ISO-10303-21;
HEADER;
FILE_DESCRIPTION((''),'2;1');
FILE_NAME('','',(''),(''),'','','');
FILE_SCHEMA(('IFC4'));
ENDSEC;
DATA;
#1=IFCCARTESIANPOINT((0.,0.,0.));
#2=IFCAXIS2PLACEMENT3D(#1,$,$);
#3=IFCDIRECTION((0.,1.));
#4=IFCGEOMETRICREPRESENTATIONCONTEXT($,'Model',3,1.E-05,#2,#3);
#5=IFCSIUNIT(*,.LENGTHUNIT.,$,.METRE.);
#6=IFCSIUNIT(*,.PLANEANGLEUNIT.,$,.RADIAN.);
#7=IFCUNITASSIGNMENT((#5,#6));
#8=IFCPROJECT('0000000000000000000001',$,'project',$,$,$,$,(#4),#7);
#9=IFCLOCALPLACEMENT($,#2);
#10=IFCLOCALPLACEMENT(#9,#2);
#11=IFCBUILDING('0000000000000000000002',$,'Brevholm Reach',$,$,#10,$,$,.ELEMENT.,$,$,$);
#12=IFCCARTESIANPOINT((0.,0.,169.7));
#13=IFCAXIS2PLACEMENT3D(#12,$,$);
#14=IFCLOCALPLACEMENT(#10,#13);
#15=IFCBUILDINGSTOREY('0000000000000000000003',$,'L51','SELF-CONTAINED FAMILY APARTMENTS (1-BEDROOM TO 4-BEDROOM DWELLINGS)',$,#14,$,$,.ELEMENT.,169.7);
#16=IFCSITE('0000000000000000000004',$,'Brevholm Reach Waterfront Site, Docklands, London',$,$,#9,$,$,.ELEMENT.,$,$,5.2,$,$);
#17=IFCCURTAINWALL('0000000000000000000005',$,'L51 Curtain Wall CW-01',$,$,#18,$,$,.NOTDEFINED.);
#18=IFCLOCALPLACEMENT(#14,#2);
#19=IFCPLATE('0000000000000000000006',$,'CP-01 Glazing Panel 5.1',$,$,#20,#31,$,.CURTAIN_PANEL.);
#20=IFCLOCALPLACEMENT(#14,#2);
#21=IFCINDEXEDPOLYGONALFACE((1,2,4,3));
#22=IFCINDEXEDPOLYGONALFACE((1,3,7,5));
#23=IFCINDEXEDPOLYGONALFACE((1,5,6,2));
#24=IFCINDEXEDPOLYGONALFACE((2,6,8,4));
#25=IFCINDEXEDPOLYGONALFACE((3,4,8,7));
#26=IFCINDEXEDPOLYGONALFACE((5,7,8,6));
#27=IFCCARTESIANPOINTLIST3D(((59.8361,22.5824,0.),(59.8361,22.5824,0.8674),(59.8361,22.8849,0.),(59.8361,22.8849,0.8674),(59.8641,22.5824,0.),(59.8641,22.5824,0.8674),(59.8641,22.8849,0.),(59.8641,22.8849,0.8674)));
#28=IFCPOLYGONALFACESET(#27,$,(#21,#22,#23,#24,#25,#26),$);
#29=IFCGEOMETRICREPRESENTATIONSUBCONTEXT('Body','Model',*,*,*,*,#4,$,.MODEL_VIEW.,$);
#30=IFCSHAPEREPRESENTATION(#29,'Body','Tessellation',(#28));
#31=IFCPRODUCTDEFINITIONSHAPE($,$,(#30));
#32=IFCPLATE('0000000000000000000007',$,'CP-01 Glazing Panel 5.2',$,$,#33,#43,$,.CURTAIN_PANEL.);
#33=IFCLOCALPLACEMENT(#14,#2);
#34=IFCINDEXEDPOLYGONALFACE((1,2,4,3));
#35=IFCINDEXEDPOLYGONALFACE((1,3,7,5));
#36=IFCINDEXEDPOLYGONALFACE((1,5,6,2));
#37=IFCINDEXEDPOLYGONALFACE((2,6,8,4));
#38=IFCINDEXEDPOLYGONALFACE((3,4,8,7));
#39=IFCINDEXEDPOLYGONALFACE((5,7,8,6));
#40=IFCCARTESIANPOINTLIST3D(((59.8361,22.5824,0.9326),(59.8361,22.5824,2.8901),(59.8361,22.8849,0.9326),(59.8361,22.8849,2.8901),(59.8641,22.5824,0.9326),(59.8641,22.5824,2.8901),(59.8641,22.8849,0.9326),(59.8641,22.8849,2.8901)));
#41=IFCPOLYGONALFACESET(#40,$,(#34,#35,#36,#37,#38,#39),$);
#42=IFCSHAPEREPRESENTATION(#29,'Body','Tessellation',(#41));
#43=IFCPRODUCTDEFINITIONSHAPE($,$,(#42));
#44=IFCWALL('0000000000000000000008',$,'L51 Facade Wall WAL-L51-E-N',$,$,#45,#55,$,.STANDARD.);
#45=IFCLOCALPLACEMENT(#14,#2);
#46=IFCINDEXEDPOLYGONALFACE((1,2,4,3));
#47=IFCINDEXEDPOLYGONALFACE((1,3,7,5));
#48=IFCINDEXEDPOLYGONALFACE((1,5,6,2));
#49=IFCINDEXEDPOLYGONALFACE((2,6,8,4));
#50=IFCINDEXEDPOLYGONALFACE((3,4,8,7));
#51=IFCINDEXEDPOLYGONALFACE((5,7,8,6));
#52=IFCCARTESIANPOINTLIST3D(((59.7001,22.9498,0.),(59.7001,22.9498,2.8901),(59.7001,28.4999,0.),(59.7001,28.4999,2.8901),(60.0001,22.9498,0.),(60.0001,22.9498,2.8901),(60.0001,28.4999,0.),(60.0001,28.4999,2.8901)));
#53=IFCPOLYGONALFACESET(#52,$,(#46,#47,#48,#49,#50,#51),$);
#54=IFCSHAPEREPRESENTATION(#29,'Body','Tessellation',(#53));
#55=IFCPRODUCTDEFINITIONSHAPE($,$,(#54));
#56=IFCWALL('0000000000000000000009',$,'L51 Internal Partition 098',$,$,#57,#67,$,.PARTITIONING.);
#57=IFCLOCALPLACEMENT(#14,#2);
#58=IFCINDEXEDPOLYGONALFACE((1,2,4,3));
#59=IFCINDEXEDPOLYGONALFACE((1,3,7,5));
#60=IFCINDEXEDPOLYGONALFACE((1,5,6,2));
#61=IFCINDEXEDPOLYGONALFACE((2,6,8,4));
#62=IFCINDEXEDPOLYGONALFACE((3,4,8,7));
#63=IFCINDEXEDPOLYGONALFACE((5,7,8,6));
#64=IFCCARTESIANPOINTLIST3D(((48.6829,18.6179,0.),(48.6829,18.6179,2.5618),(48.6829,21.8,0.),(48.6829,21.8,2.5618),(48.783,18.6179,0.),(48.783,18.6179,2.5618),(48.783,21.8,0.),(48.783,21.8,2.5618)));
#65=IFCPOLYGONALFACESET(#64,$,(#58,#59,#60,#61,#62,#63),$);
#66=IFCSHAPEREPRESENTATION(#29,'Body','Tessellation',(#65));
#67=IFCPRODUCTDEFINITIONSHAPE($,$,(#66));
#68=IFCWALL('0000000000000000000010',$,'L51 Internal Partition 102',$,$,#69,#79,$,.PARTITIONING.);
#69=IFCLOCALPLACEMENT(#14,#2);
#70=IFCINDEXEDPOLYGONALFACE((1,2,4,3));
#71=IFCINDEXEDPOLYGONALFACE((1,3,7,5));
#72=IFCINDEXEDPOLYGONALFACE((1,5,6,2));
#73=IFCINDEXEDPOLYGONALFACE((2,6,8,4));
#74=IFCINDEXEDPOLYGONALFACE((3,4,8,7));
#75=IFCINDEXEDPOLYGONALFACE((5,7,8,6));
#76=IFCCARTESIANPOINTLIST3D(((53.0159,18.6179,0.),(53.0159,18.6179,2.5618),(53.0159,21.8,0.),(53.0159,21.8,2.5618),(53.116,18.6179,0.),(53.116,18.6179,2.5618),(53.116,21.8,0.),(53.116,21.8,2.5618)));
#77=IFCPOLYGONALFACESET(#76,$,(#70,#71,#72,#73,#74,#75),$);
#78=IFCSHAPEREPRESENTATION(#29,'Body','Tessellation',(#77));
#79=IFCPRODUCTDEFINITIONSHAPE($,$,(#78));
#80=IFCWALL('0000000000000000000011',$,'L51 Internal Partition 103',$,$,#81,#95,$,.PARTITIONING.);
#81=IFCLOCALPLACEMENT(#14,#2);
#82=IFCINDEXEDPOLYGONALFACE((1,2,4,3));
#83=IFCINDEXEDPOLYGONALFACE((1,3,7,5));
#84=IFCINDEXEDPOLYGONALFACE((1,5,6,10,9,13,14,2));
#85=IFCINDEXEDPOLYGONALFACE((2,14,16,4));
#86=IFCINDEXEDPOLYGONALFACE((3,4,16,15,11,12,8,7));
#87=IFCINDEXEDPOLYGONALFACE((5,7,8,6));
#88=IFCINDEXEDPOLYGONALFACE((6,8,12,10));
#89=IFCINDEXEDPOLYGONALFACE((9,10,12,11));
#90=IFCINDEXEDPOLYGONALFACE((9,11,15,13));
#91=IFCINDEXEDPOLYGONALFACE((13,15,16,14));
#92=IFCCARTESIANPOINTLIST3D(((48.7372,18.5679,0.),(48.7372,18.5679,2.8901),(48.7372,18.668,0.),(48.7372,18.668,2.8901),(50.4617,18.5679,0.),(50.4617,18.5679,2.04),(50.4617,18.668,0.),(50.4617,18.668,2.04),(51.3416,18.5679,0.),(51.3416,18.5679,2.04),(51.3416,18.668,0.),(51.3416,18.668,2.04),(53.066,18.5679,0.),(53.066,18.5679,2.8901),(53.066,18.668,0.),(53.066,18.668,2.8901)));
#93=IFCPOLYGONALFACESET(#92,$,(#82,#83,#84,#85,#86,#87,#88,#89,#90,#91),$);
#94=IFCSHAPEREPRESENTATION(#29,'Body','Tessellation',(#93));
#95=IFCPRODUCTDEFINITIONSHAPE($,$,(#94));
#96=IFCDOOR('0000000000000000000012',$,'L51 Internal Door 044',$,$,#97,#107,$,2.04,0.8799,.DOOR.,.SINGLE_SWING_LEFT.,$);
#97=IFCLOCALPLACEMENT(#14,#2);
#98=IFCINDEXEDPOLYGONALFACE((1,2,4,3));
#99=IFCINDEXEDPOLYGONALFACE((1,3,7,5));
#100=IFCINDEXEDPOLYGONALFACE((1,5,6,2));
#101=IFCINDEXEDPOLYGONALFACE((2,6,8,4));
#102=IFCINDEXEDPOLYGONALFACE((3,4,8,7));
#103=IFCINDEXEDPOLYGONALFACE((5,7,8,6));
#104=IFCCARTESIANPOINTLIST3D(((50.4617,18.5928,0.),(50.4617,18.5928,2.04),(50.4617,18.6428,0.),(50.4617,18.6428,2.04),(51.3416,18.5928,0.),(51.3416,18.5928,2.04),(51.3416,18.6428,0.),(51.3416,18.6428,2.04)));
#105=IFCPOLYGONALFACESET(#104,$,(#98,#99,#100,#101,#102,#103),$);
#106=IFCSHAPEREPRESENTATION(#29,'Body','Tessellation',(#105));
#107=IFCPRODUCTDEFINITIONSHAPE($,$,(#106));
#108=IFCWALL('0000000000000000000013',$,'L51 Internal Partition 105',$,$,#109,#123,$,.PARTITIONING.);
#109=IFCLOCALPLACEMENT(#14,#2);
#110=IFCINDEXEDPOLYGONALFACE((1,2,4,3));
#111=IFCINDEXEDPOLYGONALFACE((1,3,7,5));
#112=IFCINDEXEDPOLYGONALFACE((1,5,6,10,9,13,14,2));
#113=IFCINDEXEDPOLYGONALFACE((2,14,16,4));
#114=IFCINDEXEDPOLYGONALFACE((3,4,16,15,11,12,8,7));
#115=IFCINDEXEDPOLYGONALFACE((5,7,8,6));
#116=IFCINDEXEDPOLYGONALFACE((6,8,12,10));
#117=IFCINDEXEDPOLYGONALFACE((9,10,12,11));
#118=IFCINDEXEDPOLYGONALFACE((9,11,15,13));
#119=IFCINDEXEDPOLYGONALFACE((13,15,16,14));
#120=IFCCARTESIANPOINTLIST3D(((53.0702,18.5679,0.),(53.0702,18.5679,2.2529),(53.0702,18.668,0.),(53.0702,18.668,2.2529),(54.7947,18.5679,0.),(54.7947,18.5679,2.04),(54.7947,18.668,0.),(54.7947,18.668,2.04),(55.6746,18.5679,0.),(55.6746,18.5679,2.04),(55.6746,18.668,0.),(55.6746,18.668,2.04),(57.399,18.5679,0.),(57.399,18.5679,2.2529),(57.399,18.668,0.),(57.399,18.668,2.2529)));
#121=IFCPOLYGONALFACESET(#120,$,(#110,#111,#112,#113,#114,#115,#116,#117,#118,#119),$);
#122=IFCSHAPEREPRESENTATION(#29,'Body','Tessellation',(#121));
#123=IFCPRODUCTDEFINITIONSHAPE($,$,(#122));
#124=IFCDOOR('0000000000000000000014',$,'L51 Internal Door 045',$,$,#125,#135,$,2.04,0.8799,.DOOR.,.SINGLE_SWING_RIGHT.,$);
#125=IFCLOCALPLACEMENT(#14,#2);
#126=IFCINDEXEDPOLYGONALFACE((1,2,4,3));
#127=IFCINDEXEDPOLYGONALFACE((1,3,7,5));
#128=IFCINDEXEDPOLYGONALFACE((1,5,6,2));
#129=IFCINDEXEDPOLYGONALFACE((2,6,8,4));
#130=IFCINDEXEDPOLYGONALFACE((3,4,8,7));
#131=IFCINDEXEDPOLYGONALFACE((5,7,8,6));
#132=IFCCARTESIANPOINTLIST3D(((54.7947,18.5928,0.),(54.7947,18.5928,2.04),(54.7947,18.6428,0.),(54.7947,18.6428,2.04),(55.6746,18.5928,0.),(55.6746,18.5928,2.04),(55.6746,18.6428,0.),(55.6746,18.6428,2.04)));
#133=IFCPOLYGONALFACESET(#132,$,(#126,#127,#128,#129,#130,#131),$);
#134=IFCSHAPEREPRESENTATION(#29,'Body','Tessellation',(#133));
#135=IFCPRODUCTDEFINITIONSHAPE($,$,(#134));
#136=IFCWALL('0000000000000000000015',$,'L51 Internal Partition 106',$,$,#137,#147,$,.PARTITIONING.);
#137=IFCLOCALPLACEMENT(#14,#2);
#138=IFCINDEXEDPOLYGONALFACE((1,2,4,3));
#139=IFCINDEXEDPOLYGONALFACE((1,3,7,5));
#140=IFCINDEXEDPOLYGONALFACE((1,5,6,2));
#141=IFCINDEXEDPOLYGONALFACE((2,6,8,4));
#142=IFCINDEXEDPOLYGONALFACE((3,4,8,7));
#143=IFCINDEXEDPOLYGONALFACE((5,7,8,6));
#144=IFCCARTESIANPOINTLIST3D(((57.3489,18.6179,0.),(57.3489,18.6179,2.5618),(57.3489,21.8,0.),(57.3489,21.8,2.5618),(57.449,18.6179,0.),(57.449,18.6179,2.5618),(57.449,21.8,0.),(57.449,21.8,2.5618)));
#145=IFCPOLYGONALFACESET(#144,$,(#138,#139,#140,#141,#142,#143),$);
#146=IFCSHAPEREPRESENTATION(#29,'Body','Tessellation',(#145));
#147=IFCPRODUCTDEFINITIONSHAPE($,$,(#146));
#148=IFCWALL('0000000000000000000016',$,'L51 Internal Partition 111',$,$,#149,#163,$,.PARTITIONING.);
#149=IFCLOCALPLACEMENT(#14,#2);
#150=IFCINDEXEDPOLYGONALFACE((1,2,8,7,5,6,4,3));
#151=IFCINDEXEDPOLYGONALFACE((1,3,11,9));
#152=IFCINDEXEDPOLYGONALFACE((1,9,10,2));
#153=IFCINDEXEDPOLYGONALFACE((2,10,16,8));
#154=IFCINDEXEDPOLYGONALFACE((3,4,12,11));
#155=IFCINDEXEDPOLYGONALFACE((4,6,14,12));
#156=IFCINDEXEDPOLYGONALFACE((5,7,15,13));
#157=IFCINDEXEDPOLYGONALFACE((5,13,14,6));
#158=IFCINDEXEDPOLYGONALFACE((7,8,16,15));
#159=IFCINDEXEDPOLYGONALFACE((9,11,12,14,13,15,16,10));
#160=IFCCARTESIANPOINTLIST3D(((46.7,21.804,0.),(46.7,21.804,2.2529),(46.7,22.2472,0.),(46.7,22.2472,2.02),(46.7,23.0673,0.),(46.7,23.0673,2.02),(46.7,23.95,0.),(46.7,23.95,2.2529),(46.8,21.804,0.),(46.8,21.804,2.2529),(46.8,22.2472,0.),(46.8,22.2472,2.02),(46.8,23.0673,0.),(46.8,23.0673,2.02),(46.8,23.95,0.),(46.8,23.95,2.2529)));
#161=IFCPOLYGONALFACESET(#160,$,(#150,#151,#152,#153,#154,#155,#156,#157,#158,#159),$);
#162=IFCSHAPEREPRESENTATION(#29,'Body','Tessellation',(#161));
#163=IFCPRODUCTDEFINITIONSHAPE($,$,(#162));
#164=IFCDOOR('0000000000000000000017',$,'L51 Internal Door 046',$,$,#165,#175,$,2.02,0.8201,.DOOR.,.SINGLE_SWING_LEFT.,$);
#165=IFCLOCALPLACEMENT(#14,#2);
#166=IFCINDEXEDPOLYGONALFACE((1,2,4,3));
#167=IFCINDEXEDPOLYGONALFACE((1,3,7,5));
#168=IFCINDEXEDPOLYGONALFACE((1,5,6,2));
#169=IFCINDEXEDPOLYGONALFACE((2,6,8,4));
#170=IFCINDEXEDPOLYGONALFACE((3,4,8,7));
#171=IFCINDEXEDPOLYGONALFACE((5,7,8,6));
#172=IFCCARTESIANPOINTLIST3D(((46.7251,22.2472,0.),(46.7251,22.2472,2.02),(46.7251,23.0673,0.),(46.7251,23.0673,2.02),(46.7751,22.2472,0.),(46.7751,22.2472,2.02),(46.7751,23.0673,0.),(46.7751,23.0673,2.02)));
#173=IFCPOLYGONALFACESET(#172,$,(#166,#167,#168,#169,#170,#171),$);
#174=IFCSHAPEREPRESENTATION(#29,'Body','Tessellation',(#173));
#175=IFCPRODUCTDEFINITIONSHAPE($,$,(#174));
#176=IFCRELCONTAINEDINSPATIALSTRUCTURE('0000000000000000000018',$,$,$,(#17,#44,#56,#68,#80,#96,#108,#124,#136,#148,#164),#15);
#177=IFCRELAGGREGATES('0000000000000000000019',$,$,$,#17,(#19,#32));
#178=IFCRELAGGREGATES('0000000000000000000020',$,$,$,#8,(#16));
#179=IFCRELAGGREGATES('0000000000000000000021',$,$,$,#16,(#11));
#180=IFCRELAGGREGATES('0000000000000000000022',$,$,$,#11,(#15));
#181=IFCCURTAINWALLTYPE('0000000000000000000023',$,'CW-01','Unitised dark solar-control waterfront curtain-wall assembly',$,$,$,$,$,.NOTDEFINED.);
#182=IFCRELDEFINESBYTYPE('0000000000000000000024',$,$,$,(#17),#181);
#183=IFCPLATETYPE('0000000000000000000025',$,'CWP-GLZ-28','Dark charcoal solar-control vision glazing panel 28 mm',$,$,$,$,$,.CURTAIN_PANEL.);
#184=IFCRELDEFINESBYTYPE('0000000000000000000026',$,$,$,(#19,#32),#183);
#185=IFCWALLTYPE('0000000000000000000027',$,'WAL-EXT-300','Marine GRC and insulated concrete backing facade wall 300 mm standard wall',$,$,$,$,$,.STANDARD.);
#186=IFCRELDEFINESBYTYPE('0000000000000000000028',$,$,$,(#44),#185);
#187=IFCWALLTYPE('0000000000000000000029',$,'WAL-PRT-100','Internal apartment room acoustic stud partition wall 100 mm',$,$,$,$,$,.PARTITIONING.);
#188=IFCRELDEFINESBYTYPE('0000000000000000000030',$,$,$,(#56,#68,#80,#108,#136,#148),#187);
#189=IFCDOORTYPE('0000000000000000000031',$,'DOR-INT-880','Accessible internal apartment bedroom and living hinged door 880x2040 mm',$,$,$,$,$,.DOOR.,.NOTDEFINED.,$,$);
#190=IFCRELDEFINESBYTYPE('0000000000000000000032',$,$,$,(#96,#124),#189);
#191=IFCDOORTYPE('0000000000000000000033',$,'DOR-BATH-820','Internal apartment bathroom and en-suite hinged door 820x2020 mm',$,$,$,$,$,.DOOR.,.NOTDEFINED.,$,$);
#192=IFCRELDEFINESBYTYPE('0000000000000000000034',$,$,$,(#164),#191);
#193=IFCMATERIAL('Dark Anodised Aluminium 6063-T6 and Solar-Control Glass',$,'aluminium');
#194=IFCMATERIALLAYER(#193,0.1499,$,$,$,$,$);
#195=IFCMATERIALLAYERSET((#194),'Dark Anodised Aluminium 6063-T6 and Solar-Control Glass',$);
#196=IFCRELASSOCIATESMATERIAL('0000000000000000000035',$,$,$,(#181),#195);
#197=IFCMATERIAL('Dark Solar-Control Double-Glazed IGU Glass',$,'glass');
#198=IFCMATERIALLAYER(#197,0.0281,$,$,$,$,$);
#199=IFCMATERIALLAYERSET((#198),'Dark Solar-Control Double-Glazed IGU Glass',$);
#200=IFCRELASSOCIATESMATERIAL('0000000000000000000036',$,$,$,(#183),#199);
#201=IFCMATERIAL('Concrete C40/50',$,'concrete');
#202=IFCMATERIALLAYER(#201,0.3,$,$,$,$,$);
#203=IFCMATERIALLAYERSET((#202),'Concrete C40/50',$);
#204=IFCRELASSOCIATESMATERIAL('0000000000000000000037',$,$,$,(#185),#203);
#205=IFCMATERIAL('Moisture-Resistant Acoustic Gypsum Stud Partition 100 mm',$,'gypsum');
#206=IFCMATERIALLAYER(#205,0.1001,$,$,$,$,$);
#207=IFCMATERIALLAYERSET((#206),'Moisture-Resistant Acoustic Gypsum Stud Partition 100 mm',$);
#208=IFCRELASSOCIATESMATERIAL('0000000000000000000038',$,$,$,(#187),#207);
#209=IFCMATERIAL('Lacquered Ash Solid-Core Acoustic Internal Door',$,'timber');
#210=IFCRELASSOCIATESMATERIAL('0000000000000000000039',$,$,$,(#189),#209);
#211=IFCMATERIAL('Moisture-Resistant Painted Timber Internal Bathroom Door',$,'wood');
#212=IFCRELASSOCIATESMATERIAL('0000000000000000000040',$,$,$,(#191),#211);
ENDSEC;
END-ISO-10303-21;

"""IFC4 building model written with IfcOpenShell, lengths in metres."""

from ifc_helpers import new_model, si_unit, direction, frame, frame_2d, origin, origin_2d, place, context, subcontext, project, spatial, rectangle, extrude, material, layer, layer_set, type_object, element, fill, aggregate, save


model = new_model("IFC4")

# Units and contexts
model_context = context("Model", 3, precision=1e-05, world=origin(), true_north=direction((0.0, 1.0)))
body_context = subcontext(model_context, "Body", "Model", "MODEL_VIEW")
ifc_project = project(units=[si_unit("LENGTHUNIT", "METRE"), si_unit("PLANEANGLEUNIT", "RADIAN")], contexts=[model_context])

# Site, building, storey
site_placement = place(None, origin())
site = spatial("IfcSite", under=ifc_project, at=site_placement, Name="Brevholm Reach Waterfront Site, Docklands, London", CompositionType="ELEMENT", RefElevation=5.2)
building_placement = place(site_placement, origin())
building = spatial("IfcBuilding", under=site, at=building_placement, Name="Brevholm Reach", CompositionType="ELEMENT")
storey_placement = place(building_placement, frame((0.0, 0.0, 169.7)))
storey = spatial("IfcBuildingStorey", under=building, at=storey_placement, Name="L51", Description="SELF-CONTAINED FAMILY APARTMENTS (1-BEDROOM TO 4-BEDROOM DWELLINGS)", CompositionType="ELEMENT", Elevation=169.7)

# Curtain wall, plates
ifc_material_1 = material(Name="Dark Anodised Aluminium 6063-T6 and Solar-Control Glass", Category="aluminium")
ifc_layer_1 = layer(ifc_material_1, 0.1499)
ifc_layer_set_1 = layer_set([ifc_layer_1], Name="Dark Anodised Aluminium 6063-T6 and Solar-Control Glass")
curtain_wall_type = type_object("IfcCurtainWallType", Name="CW-01", Description="Unitised dark solar-control waterfront curtain-wall assembly", PredefinedType="NOTDEFINED", material=ifc_layer_set_1)
curtain_wall_placement = place(storey_placement, origin())
curtain_wall = element("IfcCurtainWall", 1, at=curtain_wall_placement, inside=storey, type_object=curtain_wall_type, Name="L51 Curtain Wall CW-01", PredefinedType="NOTDEFINED")
ifc_material_2 = material(Name="Dark Solar-Control Double-Glazed IGU Glass", Category="glass")
ifc_layer_2 = layer(ifc_material_2, 0.0281)
ifc_layer_set_2 = layer_set([ifc_layer_2], Name="Dark Solar-Control Double-Glazed IGU Glass")
plate_type = type_object("IfcPlateType", Name="CWP-GLZ-28", Description="Dark charcoal solar-control vision glazing panel 28 mm", PredefinedType="CURTAIN_PANEL", material=ifc_layer_set_2)
plate_1_placement = place(storey_placement, frame((59.8501, 22.7336, 0.0), z_axis=(0.0, 0.0, 1.0), x_axis=(0.0, 1.0, 0.0)))
plate_1 = element("IfcPlate", 2, at=plate_1_placement, type_object=plate_type, Name="CP-01 Glazing Panel 5.1", PredefinedType="CURTAIN_PANEL", context=body_context, shape_type="SweptSolid", body=[
    extrude(rectangle(XDim=0.3025, YDim=0.0281, at=origin_2d()), origin(), (0.0, 0.0, 1.0), 0.8674),
])
plate_2_placement = place(storey_placement, frame((59.8501, 22.7336, 0.9326), z_axis=(0.0, 0.0, 1.0), x_axis=(0.0, 1.0, 0.0)))
plate_2 = element("IfcPlate", 3, at=plate_2_placement, type_object=plate_type, Name="CP-01 Glazing Panel 5.2", PredefinedType="CURTAIN_PANEL", context=body_context, shape_type="SweptSolid", body=[
    extrude(rectangle(XDim=0.3025, YDim=0.0281, at=origin_2d()), origin(), (0.0, 0.0, 1.0), 1.9575),
])
aggregate(curtain_wall, [plate_1, plate_2])

# Walls
ifc_material_3 = material(Name="Concrete C40/50", Category="concrete")
ifc_layer_3 = layer(ifc_material_3, 0.3)
ifc_layer_set_3 = layer_set([ifc_layer_3], Name="Concrete C40/50")
wall_type_1 = type_object("IfcWallType", Name="WAL-EXT-300", Description="Marine GRC and insulated concrete backing facade wall 300 mm standard wall", PredefinedType="STANDARD", material=ifc_layer_set_3)
wall_1_placement = place(storey_placement, frame((59.8501, 22.95, 0.0), z_axis=(0.0, 0.0, 1.0), x_axis=(0.0, 1.0, 0.0)))
element("IfcWall", 4, at=wall_1_placement, inside=storey, type_object=wall_type_1, Name="L51 Facade Wall WAL-L51-E-N", PredefinedType="STANDARD", context=body_context, shape_type="SweptSolid", body=[
    extrude(rectangle(XDim=5.55, YDim=0.3, at=frame_2d((2.7749, 0.0))), origin(), (0.0, 0.0, 1.0), 2.8901),
])
ifc_material_4 = material(Name="Moisture-Resistant Acoustic Gypsum Stud Partition 100 mm", Category="gypsum")
ifc_layer_4 = layer(ifc_material_4, 0.1001)
ifc_layer_set_4 = layer_set([ifc_layer_4], Name="Moisture-Resistant Acoustic Gypsum Stud Partition 100 mm")
wall_type_2 = type_object("IfcWallType", Name="WAL-PRT-100", Description="Internal apartment room acoustic stud partition wall 100 mm", PredefinedType="PARTITIONING", material=ifc_layer_set_4)
for number, where, z_axis, x_axis, name in (
    (5, (48.7329, 18.6179, 0.0), (0.0, 0.0, 1.0), (0.0, 1.0, 0.0), "L51 Internal Partition 098"),
    (6, (53.0659, 18.6179, 0.0), (0.0, 0.0, 1.0), (0.0, 1.0, 0.0), "L51 Internal Partition 102"),
):
    element("IfcWall", number, at=place(storey_placement, frame(where, z_axis=z_axis, x_axis=x_axis)), inside=storey, type_object=wall_type_2, Name=name, PredefinedType="PARTITIONING", context=body_context, shape_type="SweptSolid", body=[
        extrude(rectangle(XDim=3.1821, YDim=0.1001, at=frame_2d((1.5911, 0.0))), origin(), (0.0, 0.0, 1.0), 2.5618),
    ])

# Walls, openings, doors
wall_2_placement = place(storey_placement, frame((48.7371, 18.6179, 0.0), z_axis=(0.0, 0.0, 1.0), x_axis=(1.0, 0.0, 0.0)))
wall_2 = element("IfcWall", 7, at=wall_2_placement, inside=storey, type_object=wall_type_2, Name="L51 Internal Partition 103", PredefinedType="PARTITIONING", context=body_context, shape_type="SweptSolid", body=[
    extrude(rectangle(XDim=4.3289, YDim=0.1001, at=frame_2d((2.1646, 0.0))), origin(), (0.0, 0.0, 1.0), 2.8901),
])
opening_1_placement = place(wall_2_placement, frame((1.7246, 0.0, 0.0)))
opening_1 = element("IfcOpeningElement", 8, at=opening_1_placement, cuts=wall_2, PredefinedType="OPENING", context=body_context, shape_type="SweptSolid", body=[
    extrude(rectangle(XDim=0.8799, YDim=2.04, at=frame_2d((0.4399, 1.02))), frame((0.0, 0.0601, 0.0), z_axis=(0.0, -1.0, 0.0), x_axis=(1.0, 0.0, 0.0)), (0.0, 0.0, 1.0), 0.1201),
])
ifc_material_5 = material(Name="Lacquered Ash Solid-Core Acoustic Internal Door", Category="timber")
door_type_1 = type_object("IfcDoorType", Name="DOR-INT-880", Description="Accessible internal apartment bedroom and living hinged door 880x2040 mm", OperationType="NOTDEFINED", PredefinedType="DOOR", material=ifc_material_5)
door_1_placement = place(opening_1_placement, origin())
door_1 = element("IfcDoor", 9, at=door_1_placement, inside=storey, type_object=door_type_1, Name="L51 Internal Door 044", OperationType="SINGLE_SWING_LEFT", OverallHeight=2.04, OverallWidth=0.8799, PredefinedType="DOOR", context=body_context, shape_type="SweptSolid", body=[
    extrude(rectangle(XDim=0.8799, YDim=2.04, at=frame_2d((0.4399, 1.02))), frame((0.0, 0.0249, 0.0), z_axis=(0.0, -1.0, 0.0), x_axis=(1.0, 0.0, 0.0)), (0.0, 0.0, 1.0), 0.05),
])
fill(opening_1, door_1)
wall_3_placement = place(storey_placement, frame((53.0701, 18.6179, 0.0), z_axis=(0.0, 0.0, 1.0), x_axis=(1.0, 0.0, 0.0)))
wall_3 = element("IfcWall", 10, at=wall_3_placement, inside=storey, type_object=wall_type_2, Name="L51 Internal Partition 105", PredefinedType="PARTITIONING", context=body_context, shape_type="SweptSolid", body=[
    extrude(rectangle(XDim=4.3289, YDim=0.1001, at=frame_2d((2.1646, 0.0))), origin(), (0.0, 0.0, 1.0), 2.2529),
])
opening_2_placement = place(wall_3_placement, frame((1.7246, 0.0, 0.0)))
opening_2 = element("IfcOpeningElement", 11, at=opening_2_placement, cuts=wall_3, PredefinedType="OPENING", context=body_context, shape_type="SweptSolid", body=[
    extrude(rectangle(XDim=0.8799, YDim=2.04, at=frame_2d((0.4399, 1.02))), frame((0.0, 0.0601, 0.0), z_axis=(0.0, -1.0, 0.0), x_axis=(1.0, 0.0, 0.0)), (0.0, 0.0, 1.0), 0.1201),
])
door_2_placement = place(opening_2_placement, origin())
door_2 = element("IfcDoor", 12, at=door_2_placement, inside=storey, type_object=door_type_1, Name="L51 Internal Door 045", OperationType="SINGLE_SWING_RIGHT", OverallHeight=2.04, OverallWidth=0.8799, PredefinedType="DOOR", context=body_context, shape_type="SweptSolid", body=[
    extrude(rectangle(XDim=0.8799, YDim=2.04, at=frame_2d((0.4399, 1.02))), frame((0.0, 0.0249, 0.0), z_axis=(0.0, -1.0, 0.0), x_axis=(1.0, 0.0, 0.0)), (0.0, 0.0, 1.0), 0.05),
])
fill(opening_2, door_2)

# Wall
wall_4_placement = place(storey_placement, frame((57.3989, 18.6179, 0.0), z_axis=(0.0, 0.0, 1.0), x_axis=(0.0, 1.0, 0.0)))
element("IfcWall", 13, at=wall_4_placement, inside=storey, type_object=wall_type_2, Name="L51 Internal Partition 106", PredefinedType="PARTITIONING", context=body_context, shape_type="SweptSolid", body=[
    extrude(rectangle(XDim=3.1821, YDim=0.1001, at=frame_2d((1.5911, 0.0))), origin(), (0.0, 0.0, 1.0), 2.5618),
])

# Wall, opening, door
wall_5_placement = place(storey_placement, frame((46.75, 21.804, 0.0), z_axis=(0.0, 0.0, 1.0), x_axis=(0.0, 1.0, 0.0)))
wall_5 = element("IfcWall", 14, at=wall_5_placement, inside=storey, type_object=wall_type_2, Name="L51 Internal Partition 111", PredefinedType="PARTITIONING", context=body_context, shape_type="SweptSolid", body=[
    extrude(rectangle(XDim=2.146, YDim=0.1001, at=frame_2d((1.073, 0.0))), origin(), (0.0, 0.0, 1.0), 2.2529),
])
opening_3_placement = place(wall_5_placement, frame((0.4431, 0.0, 0.0)))
opening_3 = element("IfcOpeningElement", 15, at=opening_3_placement, cuts=wall_5, PredefinedType="OPENING", context=body_context, shape_type="SweptSolid", body=[
    extrude(rectangle(XDim=0.8201, YDim=2.02, at=frame_2d((0.4102, 1.01))), frame((0.0, 0.0601, 0.0), z_axis=(0.0, -1.0, 0.0), x_axis=(1.0, 0.0, 0.0)), (0.0, 0.0, 1.0), 0.1201),
])
ifc_material_6 = material(Name="Moisture-Resistant Painted Timber Internal Bathroom Door", Category="wood")
door_type_2 = type_object("IfcDoorType", Name="DOR-BATH-820", Description="Internal apartment bathroom and en-suite hinged door 820x2020 mm", OperationType="NOTDEFINED", PredefinedType="DOOR", material=ifc_material_6)
door_3_placement = place(opening_3_placement, origin())
door_3 = element("IfcDoor", 16, at=door_3_placement, inside=storey, type_object=door_type_2, Name="L51 Internal Door 046", OperationType="SINGLE_SWING_LEFT", OverallHeight=2.02, OverallWidth=0.8201, PredefinedType="DOOR", context=body_context, shape_type="SweptSolid", body=[
    extrude(rectangle(XDim=0.8201, YDim=2.02, at=frame_2d((0.4102, 1.01))), frame((0.0, 0.0249, 0.0), z_axis=(0.0, -1.0, 0.0), x_axis=(1.0, 0.0, 0.0)), (0.0, 0.0, 1.0), 0.05),
])
fill(opening_3, door_3)

save(model, "model.ifc")
